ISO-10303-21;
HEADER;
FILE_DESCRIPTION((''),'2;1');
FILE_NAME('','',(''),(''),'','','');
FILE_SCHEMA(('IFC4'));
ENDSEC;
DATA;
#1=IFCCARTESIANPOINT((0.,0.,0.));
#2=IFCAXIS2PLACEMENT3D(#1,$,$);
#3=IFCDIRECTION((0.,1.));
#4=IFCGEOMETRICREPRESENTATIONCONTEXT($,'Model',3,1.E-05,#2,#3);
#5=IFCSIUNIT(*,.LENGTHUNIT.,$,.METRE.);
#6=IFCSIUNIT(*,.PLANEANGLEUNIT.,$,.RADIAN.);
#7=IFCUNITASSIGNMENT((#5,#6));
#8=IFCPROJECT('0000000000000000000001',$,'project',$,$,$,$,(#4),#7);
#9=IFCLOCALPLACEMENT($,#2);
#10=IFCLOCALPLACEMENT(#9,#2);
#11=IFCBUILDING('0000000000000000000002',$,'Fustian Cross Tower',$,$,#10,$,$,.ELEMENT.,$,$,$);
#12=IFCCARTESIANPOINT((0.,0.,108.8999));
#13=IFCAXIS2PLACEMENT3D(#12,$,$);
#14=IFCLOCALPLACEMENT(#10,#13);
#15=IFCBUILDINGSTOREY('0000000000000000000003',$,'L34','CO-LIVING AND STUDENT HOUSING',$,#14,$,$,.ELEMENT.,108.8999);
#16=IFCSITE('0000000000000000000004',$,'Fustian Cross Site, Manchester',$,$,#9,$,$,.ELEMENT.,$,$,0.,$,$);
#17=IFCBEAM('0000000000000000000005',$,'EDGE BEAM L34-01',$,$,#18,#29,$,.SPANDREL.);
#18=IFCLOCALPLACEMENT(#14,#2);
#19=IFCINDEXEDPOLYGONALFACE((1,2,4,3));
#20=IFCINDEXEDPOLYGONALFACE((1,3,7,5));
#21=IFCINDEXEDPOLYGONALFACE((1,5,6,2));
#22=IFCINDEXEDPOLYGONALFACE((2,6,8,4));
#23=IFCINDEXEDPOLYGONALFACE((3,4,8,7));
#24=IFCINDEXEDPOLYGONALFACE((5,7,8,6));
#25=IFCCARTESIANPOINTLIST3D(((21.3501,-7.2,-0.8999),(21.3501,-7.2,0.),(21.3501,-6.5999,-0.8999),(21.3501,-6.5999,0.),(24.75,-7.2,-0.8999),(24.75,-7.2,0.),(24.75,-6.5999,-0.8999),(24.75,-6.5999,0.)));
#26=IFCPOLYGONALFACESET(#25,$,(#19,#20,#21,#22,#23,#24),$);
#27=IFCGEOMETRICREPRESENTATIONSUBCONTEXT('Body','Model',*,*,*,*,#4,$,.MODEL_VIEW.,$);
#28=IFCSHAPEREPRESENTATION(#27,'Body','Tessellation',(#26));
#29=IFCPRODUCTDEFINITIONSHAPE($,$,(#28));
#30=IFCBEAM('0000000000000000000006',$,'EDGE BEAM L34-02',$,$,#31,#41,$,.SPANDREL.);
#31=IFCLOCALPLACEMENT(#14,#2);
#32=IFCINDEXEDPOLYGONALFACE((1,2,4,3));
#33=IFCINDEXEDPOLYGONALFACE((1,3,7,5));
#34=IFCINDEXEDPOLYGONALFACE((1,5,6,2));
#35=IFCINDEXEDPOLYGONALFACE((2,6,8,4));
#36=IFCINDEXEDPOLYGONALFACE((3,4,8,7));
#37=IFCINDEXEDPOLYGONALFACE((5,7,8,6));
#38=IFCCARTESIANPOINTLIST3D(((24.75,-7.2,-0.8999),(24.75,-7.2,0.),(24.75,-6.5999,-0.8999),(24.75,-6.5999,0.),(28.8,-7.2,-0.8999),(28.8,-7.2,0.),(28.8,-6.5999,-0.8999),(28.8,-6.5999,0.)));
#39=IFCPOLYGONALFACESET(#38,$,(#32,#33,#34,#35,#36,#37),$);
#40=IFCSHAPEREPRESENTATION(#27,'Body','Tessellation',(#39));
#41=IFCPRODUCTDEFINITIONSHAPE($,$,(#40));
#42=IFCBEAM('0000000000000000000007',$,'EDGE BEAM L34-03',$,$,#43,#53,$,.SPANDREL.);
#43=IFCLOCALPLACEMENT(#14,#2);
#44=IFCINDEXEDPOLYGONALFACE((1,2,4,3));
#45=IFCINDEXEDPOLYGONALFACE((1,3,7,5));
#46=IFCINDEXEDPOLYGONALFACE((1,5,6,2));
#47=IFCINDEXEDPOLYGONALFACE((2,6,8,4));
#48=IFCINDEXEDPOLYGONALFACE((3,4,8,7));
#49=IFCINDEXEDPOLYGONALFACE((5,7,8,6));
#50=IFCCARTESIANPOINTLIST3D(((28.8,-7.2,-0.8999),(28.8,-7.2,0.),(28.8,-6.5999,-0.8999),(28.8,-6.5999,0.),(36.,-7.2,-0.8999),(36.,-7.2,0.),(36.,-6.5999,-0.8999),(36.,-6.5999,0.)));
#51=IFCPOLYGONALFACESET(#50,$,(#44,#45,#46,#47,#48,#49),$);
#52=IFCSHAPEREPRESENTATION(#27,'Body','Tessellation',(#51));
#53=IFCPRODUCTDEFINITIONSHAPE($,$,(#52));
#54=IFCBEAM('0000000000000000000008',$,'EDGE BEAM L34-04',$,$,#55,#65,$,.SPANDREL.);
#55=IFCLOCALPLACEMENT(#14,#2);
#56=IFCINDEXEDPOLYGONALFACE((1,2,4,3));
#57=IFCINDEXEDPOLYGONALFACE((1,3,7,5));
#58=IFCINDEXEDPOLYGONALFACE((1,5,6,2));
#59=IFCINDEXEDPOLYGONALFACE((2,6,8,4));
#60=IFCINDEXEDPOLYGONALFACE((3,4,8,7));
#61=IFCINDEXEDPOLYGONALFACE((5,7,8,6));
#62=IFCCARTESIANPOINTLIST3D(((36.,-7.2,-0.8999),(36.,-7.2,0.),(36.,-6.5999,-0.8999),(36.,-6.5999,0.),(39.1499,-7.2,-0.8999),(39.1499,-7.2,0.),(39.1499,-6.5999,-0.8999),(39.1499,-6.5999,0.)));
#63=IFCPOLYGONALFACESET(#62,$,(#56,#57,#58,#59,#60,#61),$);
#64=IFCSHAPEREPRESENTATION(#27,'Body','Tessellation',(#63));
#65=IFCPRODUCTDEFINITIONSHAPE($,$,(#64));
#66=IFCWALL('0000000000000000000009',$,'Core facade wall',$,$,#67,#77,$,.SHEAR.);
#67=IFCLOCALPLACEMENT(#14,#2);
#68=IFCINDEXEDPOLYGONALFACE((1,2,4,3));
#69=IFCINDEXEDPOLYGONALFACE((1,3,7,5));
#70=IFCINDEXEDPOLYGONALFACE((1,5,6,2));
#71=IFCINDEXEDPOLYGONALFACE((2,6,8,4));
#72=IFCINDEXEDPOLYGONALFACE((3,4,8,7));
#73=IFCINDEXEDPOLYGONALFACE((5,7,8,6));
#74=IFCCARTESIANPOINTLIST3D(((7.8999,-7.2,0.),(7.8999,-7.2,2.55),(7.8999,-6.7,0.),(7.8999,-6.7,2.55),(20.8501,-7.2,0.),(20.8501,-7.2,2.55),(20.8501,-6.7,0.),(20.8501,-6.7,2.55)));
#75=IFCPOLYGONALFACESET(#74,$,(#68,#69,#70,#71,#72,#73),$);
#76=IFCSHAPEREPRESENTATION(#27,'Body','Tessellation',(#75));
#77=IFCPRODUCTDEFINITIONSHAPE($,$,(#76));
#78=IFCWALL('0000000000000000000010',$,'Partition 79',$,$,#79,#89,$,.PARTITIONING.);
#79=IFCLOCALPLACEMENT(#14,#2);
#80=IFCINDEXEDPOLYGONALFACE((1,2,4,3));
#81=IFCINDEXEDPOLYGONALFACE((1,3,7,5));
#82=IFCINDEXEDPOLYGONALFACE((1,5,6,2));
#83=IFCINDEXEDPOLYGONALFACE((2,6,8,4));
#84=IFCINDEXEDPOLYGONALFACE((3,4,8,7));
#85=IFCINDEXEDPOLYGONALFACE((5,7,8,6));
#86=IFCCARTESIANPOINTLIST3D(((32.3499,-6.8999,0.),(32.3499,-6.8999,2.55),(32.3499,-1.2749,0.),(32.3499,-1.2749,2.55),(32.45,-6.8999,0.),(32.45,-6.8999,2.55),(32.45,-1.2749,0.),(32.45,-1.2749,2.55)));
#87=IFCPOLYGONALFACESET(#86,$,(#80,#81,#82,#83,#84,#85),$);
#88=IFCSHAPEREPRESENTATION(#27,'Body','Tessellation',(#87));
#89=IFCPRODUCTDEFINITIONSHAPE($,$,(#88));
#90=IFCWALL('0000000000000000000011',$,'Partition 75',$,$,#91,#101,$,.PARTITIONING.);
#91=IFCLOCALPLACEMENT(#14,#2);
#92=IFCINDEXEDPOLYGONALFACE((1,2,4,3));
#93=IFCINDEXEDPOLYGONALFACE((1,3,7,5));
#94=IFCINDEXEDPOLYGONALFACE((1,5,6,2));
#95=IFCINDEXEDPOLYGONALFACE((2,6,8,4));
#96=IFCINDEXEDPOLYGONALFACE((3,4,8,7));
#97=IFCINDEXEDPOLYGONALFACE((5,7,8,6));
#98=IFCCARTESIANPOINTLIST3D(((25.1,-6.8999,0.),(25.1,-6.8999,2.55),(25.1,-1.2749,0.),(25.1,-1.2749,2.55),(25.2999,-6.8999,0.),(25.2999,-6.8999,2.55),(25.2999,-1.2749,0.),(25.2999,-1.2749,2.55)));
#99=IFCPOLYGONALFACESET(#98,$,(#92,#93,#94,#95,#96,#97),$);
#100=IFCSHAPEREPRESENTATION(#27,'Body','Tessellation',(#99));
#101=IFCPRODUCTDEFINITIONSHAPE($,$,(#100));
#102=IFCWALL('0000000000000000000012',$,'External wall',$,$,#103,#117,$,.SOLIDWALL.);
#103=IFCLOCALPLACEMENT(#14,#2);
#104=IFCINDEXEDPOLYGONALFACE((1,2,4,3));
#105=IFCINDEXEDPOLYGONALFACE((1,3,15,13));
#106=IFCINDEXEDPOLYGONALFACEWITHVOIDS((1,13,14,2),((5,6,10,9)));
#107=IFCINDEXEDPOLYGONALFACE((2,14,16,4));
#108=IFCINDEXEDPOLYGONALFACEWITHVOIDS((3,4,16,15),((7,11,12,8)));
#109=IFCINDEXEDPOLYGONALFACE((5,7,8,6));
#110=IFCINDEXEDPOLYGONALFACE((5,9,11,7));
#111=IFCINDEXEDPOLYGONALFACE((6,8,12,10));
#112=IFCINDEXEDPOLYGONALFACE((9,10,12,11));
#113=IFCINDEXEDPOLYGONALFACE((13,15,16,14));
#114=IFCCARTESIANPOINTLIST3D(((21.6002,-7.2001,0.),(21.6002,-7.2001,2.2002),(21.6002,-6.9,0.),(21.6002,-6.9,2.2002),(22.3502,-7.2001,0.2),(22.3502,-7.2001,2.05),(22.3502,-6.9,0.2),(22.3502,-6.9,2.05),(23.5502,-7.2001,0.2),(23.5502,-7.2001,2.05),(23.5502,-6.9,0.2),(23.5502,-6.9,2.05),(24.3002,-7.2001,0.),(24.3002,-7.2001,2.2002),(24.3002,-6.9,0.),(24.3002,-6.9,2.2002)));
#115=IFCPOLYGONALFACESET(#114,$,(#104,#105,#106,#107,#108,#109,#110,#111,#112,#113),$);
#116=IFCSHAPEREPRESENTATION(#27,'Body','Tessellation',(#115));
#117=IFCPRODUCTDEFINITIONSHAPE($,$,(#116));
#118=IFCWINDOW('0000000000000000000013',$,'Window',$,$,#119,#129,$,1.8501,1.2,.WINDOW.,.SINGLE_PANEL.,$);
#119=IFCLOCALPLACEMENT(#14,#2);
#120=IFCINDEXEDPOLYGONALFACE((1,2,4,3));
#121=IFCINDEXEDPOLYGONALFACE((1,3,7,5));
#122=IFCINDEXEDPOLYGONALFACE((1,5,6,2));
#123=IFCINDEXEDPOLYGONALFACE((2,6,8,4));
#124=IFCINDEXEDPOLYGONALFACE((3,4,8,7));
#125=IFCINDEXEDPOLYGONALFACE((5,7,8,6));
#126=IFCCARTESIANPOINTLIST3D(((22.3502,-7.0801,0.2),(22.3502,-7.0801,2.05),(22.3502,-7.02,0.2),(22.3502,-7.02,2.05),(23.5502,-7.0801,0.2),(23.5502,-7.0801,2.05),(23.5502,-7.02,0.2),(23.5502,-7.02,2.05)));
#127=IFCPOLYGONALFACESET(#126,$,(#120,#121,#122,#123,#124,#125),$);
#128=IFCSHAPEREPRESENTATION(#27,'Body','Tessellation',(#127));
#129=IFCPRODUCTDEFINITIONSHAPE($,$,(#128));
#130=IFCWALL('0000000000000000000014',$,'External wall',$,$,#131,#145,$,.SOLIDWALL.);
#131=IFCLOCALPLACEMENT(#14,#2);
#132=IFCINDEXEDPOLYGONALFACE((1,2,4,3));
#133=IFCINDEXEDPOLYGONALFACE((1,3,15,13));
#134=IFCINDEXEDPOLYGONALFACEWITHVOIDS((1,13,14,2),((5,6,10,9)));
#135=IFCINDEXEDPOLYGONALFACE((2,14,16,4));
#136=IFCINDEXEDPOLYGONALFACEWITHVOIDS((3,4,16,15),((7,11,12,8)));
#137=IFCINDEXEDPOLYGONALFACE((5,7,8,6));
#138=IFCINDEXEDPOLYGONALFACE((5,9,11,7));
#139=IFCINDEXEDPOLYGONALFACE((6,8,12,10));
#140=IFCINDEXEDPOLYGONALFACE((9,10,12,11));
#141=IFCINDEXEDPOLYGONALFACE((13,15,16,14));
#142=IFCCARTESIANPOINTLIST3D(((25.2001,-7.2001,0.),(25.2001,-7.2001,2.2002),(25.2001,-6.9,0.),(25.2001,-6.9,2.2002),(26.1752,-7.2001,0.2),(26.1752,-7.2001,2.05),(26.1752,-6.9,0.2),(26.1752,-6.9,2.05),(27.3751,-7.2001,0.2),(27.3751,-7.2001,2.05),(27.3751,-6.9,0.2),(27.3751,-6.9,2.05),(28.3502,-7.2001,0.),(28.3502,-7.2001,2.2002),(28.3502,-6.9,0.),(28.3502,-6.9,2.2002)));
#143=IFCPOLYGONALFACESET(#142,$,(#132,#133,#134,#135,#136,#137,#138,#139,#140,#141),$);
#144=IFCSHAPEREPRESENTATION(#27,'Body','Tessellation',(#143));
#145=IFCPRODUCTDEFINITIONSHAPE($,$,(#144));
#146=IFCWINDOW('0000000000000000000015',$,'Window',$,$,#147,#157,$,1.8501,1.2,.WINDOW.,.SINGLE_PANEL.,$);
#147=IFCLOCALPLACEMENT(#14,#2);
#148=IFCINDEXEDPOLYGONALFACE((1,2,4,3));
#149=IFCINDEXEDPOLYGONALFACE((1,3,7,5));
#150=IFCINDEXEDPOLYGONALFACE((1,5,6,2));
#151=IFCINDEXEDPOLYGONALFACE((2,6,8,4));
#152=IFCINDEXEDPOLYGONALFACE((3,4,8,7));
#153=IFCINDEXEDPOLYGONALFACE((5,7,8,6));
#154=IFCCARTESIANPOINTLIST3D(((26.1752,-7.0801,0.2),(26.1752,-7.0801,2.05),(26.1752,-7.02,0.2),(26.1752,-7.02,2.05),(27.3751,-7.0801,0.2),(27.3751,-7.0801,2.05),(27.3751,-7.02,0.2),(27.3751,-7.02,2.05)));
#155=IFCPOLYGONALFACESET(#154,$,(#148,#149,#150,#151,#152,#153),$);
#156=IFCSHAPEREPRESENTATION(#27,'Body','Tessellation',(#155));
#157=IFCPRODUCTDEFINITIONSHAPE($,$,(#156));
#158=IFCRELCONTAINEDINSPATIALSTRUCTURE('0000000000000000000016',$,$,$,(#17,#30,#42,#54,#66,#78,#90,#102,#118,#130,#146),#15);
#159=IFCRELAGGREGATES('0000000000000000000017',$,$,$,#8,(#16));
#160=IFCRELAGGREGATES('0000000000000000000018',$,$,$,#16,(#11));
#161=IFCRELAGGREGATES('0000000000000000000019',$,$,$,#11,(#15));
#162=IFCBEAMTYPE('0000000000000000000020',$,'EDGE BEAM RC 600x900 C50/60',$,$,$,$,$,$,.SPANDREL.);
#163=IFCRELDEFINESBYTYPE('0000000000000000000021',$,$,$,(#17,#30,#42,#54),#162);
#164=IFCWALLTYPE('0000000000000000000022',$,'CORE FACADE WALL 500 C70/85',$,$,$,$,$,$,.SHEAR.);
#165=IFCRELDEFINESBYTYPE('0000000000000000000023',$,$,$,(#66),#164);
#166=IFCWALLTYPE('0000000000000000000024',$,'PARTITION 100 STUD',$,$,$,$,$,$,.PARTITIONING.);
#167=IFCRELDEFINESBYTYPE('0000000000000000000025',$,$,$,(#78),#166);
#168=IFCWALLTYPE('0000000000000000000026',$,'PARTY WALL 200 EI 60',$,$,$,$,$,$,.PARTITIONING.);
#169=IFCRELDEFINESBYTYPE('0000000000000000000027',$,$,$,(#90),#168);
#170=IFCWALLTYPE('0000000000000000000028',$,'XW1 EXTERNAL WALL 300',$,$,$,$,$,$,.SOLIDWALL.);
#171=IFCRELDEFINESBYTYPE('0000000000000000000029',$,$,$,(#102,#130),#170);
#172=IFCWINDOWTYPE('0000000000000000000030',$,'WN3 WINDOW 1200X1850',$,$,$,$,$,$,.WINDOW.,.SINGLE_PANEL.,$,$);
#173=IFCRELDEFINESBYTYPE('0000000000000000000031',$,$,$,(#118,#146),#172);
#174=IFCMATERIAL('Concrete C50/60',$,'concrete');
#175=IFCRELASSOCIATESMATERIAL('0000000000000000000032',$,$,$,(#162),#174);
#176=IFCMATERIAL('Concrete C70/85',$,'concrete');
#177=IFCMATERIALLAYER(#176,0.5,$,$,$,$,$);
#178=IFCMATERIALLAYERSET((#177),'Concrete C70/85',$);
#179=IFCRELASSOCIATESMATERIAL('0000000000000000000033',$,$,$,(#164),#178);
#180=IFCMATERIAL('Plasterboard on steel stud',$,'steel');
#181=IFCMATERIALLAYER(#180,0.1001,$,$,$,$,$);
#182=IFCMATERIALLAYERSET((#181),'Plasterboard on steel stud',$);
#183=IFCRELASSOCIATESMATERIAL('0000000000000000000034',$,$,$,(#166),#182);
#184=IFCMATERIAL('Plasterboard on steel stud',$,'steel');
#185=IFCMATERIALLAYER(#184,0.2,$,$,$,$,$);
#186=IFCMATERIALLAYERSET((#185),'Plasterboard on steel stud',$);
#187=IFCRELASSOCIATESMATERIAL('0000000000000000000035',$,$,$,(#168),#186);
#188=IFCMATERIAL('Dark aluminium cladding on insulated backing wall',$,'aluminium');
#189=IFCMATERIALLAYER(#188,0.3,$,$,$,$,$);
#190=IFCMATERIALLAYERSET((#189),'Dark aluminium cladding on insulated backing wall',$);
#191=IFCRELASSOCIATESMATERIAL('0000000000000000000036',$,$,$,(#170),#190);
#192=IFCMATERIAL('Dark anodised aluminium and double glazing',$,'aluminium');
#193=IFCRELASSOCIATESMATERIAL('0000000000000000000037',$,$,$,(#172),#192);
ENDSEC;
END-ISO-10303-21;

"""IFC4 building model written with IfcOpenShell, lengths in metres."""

from ifc_helpers import new_model, si_unit, direction, frame, frame_2d, origin, origin_2d, place, context, subcontext, project, spatial, rectangle, extrude, material, layer, layer_set, material_profile, profile_set, type_object, element, fill, save


model = new_model("IFC4")

# Units and contexts
model_context = context("Model", 3, precision=1e-05, world=origin(), true_north=direction((0.0, 1.0)))
body_context = subcontext(model_context, "Body", "Model", "MODEL_VIEW")
ifc_project = project(units=[si_unit("LENGTHUNIT", "METRE"), si_unit("PLANEANGLEUNIT", "RADIAN")], contexts=[model_context])

# Site, building, storey
site_placement = place(None, origin())
site = spatial("IfcSite", under=ifc_project, at=site_placement, Name="Fustian Cross Site, Manchester", CompositionType="ELEMENT", RefElevation=0.0)
building_placement = place(site_placement, origin())
building = spatial("IfcBuilding", under=site, at=building_placement, Name="Fustian Cross Tower", CompositionType="ELEMENT")
storey_placement = place(building_placement, frame((0.0, 0.0, 108.8999)))
storey = spatial("IfcBuildingStorey", under=building, at=storey_placement, Name="L34", Description="CO-LIVING AND STUDENT HOUSING", CompositionType="ELEMENT", Elevation=108.8999)

# Beams
ifc_material_1 = material(Name="Concrete C50/60", Category="concrete")
ifc_material_profile = material_profile(ifc_material_1, rectangle(XDim=0.6001, YDim=0.8999, at=origin_2d()), Name="RC 600x900")
ifc_profile_set = profile_set([ifc_material_profile], Name="Concrete C50/60")
beam_type = type_object("IfcBeamType", Name="EDGE BEAM RC 600x900 C50/60", PredefinedType="SPANDREL", material=ifc_profile_set)
beam_1_placement = place(storey_placement, frame((21.3501, -6.8999, -0.45), z_axis=(1.0, 0.0, 0.0), x_axis=(0.0, 1.0, 0.0)))
element("IfcBeam", 1, at=beam_1_placement, inside=storey, type_object=beam_type, Name="EDGE BEAM L34-01", PredefinedType="SPANDREL", context=body_context, shape_type="SweptSolid", body=[
    extrude(rectangle(XDim=0.6001, YDim=0.8999, at=origin_2d()), origin(), (0.0, 0.0, 1.0), 3.3999),
])
beam_2_placement = place(storey_placement, frame((24.75, -6.8999, -0.45), z_axis=(1.0, 0.0, 0.0), x_axis=(0.0, 1.0, 0.0)))
element("IfcBeam", 2, at=beam_2_placement, inside=storey, type_object=beam_type, Name="EDGE BEAM L34-02", PredefinedType="SPANDREL", context=body_context, shape_type="SweptSolid", body=[
    extrude(rectangle(XDim=0.6001, YDim=0.8999, at=origin_2d()), origin(), (0.0, 0.0, 1.0), 4.05),
])
beam_3_placement = place(storey_placement, frame((28.8, -6.8999, -0.45), z_axis=(1.0, 0.0, 0.0), x_axis=(0.0, 1.0, 0.0)))
element("IfcBeam", 3, at=beam_3_placement, inside=storey, type_object=beam_type, Name="EDGE BEAM L34-03", PredefinedType="SPANDREL", context=body_context, shape_type="SweptSolid", body=[
    extrude(rectangle(XDim=0.6001, YDim=0.8999, at=origin_2d()), origin(), (0.0, 0.0, 1.0), 7.2),
])
beam_4_placement = place(storey_placement, frame((36.0, -6.8999, -0.45), z_axis=(1.0, 0.0, 0.0), x_axis=(0.0, 1.0, 0.0)))
element("IfcBeam", 4, at=beam_4_placement, inside=storey, type_object=beam_type, Name="EDGE BEAM L34-04", PredefinedType="SPANDREL", context=body_context, shape_type="SweptSolid", body=[
    extrude(rectangle(XDim=0.6001, YDim=0.8999, at=origin_2d()), origin(), (0.0, 0.0, 1.0), 3.1499),
])

# Walls
ifc_material_2 = material(Name="Concrete C70/85", Category="concrete")
ifc_layer_1 = layer(ifc_material_2, 0.5)
ifc_layer_set_1 = layer_set([ifc_layer_1], Name="Concrete C70/85")
wall_type_1 = type_object("IfcWallType", Name="CORE FACADE WALL 500 C70/85", PredefinedType="SHEAR", material=ifc_layer_set_1)
wall_1_placement = place(storey_placement, frame((7.8999, -6.95, 0.0), z_axis=(0.0, 0.0, 1.0), x_axis=(1.0, 0.0, 0.0)))
element("IfcWall", 5, at=wall_1_placement, inside=storey, type_object=wall_type_1, Name="Core facade wall", PredefinedType="SHEAR", context=body_context, shape_type="SweptSolid", body=[
    extrude(rectangle(XDim=12.9502, YDim=0.5, at=frame_2d((6.4751, 0.0))), origin(), (0.0, 0.0, 1.0), 2.55),
])
ifc_material_3 = material(Name="Plasterboard on steel stud", Category="steel")
ifc_layer_2 = layer(ifc_material_3, 0.1001)
ifc_layer_set_2 = layer_set([ifc_layer_2], Name="Plasterboard on steel stud")
wall_type_2 = type_object("IfcWallType", Name="PARTITION 100 STUD", PredefinedType="PARTITIONING", material=ifc_layer_set_2)
wall_2_placement = place(storey_placement, frame((32.3999, -6.8999, 0.0), z_axis=(0.0, 0.0, 1.0), x_axis=(0.0, 1.0, 0.0)))
element("IfcWall", 6, at=wall_2_placement, inside=storey, type_object=wall_type_2, Name="Partition 79", PredefinedType="PARTITIONING", context=body_context, shape_type="SweptSolid", body=[
    extrude(rectangle(XDim=5.625, YDim=0.1001, at=frame_2d((2.8125, 0.0))), origin(), (0.0, 0.0, 1.0), 2.55),
])
ifc_material_4 = material(Name="Plasterboard on steel stud", Category="steel")
ifc_layer_3 = layer(ifc_material_4, 0.2)
ifc_layer_set_3 = layer_set([ifc_layer_3], Name="Plasterboard on steel stud")
wall_type_3 = type_object("IfcWallType", Name="PARTY WALL 200 EI 60", PredefinedType="PARTITIONING", material=ifc_layer_set_3)
wall_3_placement = place(storey_placement, frame((25.2, -6.8999, 0.0), z_axis=(0.0, 0.0, 1.0), x_axis=(0.0, 1.0, 0.0)))
element("IfcWall", 7, at=wall_3_placement, inside=storey, type_object=wall_type_3, Name="Partition 75", PredefinedType="PARTITIONING", context=body_context, shape_type="SweptSolid", body=[
    extrude(rectangle(XDim=5.625, YDim=0.2, at=frame_2d((2.8125, 0.0))), origin(), (0.0, 0.0, 1.0), 2.55),
])

# Walls, openings, windows
ifc_material_5 = material(Name="Dark aluminium cladding on insulated backing wall", Category="aluminium")
ifc_layer_4 = layer(ifc_material_5, 0.3)
ifc_layer_set_4 = layer_set([ifc_layer_4], Name="Dark aluminium cladding on insulated backing wall")
wall_type_4 = type_object("IfcWallType", Name="XW1 EXTERNAL WALL 300", PredefinedType="SOLIDWALL", material=ifc_layer_set_4)
wall_4_placement = place(storey_placement, frame((21.6001, -7.05, 0.0), z_axis=(0.0, 0.0, 1.0), x_axis=(1.0, 0.0, 0.0)))
wall_4 = element("IfcWall", 8, at=wall_4_placement, inside=storey, type_object=wall_type_4, Name="External wall", PredefinedType="SOLIDWALL", context=body_context, shape_type="SweptSolid", body=[
    extrude(rectangle(XDim=2.7, YDim=0.3, at=frame_2d((1.3501, 0.0))), origin(), (0.0, 0.0, 1.0), 2.2002),
])
opening_1_placement = place(wall_4_placement, frame((0.75, 0.0, 0.2)))
opening_1 = element("IfcOpeningElement", 9, at=opening_1_placement, cuts=wall_4, PredefinedType="OPENING", context=body_context, shape_type="SweptSolid", body=[
    extrude(rectangle(XDim=1.2, YDim=1.8501, at=frame_2d((0.6001, 0.925))), frame((0.0, 0.1599, 0.0), z_axis=(0.0, -1.0, 0.0), x_axis=(1.0, 0.0, 0.0)), (0.0, 0.0, 1.0), 0.3201),
])
ifc_material_6 = material(Name="Dark anodised aluminium and double glazing", Category="aluminium")
window_type = type_object("IfcWindowType", Name="WN3 WINDOW 1200X1850", PartitioningType="SINGLE_PANEL", PredefinedType="WINDOW", material=ifc_material_6)
window_1_placement = place(opening_1_placement, origin())
window_1 = element("IfcWindow", 10, at=window_1_placement, inside=storey, type_object=window_type, Name="Window", OverallHeight=1.8501, OverallWidth=1.2, PartitioningType="SINGLE_PANEL", PredefinedType="WINDOW", context=body_context, shape_type="SweptSolid", body=[
    extrude(rectangle(XDim=1.2, YDim=1.8501, at=frame_2d((0.6001, 0.925))), frame((0.0, 0.03, 0.0), z_axis=(0.0, -1.0, 0.0), x_axis=(1.0, 0.0, 0.0)), (0.0, 0.0, 1.0), 0.0601),
])
fill(opening_1, window_1)
wall_5_placement = place(storey_placement, frame((25.2, -7.05, 0.0), z_axis=(0.0, 0.0, 1.0), x_axis=(1.0, 0.0, 0.0)))
wall_5 = element("IfcWall", 11, at=wall_5_placement, inside=storey, type_object=wall_type_4, Name="External wall", PredefinedType="SOLIDWALL", context=body_context, shape_type="SweptSolid", body=[
    extrude(rectangle(XDim=3.1501, YDim=0.3, at=frame_2d((1.5752, 0.0))), origin(), (0.0, 0.0, 1.0), 2.2002),
])
opening_2_placement = place(wall_5_placement, frame((0.9751, 0.0, 0.2)))
opening_2 = element("IfcOpeningElement", 12, at=opening_2_placement, cuts=wall_5, PredefinedType="OPENING", context=body_context, shape_type="SweptSolid", body=[
    extrude(rectangle(XDim=1.2, YDim=1.8501, at=frame_2d((0.6001, 0.925))), frame((0.0, 0.1599, 0.0), z_axis=(0.0, -1.0, 0.0), x_axis=(1.0, 0.0, 0.0)), (0.0, 0.0, 1.0), 0.3201),
])
window_2_placement = place(opening_2_placement, origin())
window_2 = element("IfcWindow", 13, at=window_2_placement, inside=storey, type_object=window_type, Name="Window", OverallHeight=1.8501, OverallWidth=1.2, PartitioningType="SINGLE_PANEL", PredefinedType="WINDOW", context=body_context, shape_type="SweptSolid", body=[
    extrude(rectangle(XDim=1.2, YDim=1.8501, at=frame_2d((0.6001, 0.925))), frame((0.0, 0.03, 0.0), z_axis=(0.0, -1.0, 0.0), x_axis=(1.0, 0.0, 0.0)), (0.0, 0.0, 1.0), 0.0601),
])
fill(opening_2, window_2)

save(model, "model.ifc")
